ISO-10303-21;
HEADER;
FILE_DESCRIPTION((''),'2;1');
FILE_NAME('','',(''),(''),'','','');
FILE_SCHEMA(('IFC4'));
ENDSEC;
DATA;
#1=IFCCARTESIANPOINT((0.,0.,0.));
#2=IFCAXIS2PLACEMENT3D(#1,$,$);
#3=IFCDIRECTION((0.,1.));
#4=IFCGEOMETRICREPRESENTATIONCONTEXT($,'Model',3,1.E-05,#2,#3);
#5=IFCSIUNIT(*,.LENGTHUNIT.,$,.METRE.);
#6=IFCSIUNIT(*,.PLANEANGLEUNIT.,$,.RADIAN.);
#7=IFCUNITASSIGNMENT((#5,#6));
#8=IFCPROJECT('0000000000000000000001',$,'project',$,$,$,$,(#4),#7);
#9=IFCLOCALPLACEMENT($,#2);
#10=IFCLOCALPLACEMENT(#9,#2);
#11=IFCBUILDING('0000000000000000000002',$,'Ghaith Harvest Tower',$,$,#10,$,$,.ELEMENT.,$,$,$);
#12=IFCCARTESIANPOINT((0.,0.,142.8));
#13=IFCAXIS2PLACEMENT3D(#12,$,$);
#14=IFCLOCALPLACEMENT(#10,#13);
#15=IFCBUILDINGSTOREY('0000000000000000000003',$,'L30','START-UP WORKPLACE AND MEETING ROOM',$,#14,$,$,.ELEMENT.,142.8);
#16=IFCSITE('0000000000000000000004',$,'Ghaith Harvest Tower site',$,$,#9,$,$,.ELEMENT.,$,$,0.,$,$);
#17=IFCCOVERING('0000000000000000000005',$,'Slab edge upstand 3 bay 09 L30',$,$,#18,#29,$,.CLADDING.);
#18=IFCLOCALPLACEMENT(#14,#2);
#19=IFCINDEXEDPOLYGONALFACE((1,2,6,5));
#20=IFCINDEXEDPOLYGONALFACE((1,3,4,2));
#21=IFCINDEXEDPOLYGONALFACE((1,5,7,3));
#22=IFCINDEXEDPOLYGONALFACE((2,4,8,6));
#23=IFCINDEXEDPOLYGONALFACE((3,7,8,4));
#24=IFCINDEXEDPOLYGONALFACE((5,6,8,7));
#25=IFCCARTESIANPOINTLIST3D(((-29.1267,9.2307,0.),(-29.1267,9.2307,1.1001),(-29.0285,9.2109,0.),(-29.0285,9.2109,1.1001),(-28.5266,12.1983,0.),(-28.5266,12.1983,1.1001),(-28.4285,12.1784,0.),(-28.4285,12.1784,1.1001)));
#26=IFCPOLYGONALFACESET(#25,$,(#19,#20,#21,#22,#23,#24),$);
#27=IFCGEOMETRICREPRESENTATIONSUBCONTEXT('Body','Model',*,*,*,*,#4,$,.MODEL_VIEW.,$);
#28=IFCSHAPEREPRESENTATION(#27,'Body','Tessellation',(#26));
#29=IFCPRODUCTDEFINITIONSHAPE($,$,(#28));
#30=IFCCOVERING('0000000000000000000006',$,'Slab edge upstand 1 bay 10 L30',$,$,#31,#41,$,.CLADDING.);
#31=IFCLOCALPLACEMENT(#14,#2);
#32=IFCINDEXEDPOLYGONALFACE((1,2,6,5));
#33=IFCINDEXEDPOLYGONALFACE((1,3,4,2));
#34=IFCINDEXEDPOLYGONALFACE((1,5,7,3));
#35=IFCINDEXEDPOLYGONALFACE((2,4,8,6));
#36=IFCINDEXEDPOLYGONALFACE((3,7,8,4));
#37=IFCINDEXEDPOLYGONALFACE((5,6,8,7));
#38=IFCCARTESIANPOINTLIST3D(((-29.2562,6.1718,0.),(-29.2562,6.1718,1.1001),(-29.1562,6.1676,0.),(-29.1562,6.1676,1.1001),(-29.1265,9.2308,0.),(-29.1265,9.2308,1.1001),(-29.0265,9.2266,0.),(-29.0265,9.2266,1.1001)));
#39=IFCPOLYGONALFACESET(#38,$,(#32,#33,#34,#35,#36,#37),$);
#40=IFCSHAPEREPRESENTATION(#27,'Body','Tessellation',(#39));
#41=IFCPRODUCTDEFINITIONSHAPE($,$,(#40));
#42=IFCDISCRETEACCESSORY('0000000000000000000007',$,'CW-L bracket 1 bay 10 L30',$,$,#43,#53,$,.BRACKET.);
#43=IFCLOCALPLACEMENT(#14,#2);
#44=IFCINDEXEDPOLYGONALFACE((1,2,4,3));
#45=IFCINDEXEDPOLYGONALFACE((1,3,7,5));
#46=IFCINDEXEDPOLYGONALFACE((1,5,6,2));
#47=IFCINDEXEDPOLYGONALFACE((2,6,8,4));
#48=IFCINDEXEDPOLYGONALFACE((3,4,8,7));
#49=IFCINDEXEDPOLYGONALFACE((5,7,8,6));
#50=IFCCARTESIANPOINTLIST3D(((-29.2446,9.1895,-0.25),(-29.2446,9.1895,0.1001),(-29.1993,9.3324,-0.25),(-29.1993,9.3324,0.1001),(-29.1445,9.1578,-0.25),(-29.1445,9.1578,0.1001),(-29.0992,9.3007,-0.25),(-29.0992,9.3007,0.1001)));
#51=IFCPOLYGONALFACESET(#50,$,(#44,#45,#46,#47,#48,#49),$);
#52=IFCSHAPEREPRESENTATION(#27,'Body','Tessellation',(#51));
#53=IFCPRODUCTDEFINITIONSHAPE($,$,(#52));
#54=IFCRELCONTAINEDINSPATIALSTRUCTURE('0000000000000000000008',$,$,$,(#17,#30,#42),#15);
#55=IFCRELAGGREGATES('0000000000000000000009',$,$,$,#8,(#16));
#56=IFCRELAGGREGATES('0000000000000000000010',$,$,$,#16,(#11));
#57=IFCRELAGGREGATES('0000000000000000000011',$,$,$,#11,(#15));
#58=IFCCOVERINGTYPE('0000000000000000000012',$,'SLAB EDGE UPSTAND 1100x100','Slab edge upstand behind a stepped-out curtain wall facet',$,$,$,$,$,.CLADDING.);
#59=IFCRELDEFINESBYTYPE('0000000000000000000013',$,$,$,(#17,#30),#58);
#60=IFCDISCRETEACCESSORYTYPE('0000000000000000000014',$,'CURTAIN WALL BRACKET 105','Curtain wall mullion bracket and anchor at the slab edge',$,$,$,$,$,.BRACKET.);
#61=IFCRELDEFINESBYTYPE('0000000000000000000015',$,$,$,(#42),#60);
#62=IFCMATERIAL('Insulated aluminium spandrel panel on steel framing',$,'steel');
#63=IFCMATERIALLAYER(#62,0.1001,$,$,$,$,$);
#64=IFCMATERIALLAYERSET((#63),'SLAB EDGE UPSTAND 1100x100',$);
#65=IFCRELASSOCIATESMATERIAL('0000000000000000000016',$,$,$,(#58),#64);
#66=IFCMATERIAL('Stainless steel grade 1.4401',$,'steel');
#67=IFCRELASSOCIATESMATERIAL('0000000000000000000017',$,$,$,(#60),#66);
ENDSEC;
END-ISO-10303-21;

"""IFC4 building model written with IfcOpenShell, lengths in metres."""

from ifc_helpers import new_model, si_unit, direction, frame, origin, origin_2d, place, context, subcontext, project, spatial, rectangle, extrude, material, layer, layer_set, type_object, element, save


model = new_model("IFC4")

# Units and contexts
model_context = context("Model", 3, precision=1e-05, world=origin(), true_north=direction((0.0, 1.0)))
body_context = subcontext(model_context, "Body", "Model", "MODEL_VIEW")
ifc_project = project(units=[si_unit("LENGTHUNIT", "METRE"), si_unit("PLANEANGLEUNIT", "RADIAN")], contexts=[model_context])

# Site, building, storey
site_placement = place(None, origin())
site = spatial("IfcSite", under=ifc_project, at=site_placement, Name="Ghaith Harvest Tower site", CompositionType="ELEMENT", RefElevation=0.0)
building_placement = place(site_placement, origin())
building = spatial("IfcBuilding", under=site, at=building_placement, Name="Ghaith Harvest Tower", CompositionType="ELEMENT")
storey_placement = place(building_placement, frame((0.0, 0.0, 142.8)))
storey = spatial("IfcBuildingStorey", under=building, at=storey_placement, Name="L30", Description="START-UP WORKPLACE AND MEETING ROOM", CompositionType="ELEMENT", Elevation=142.8)

# Coverings
ifc_material_1 = material(Name="Insulated aluminium spandrel panel on steel framing", Category="steel")
ifc_layer_1 = layer(ifc_material_1, 0.1001)
ifc_layer_set_1 = layer_set([ifc_layer_1], Name="SLAB EDGE UPSTAND 1100x100")
covering_type = type_object("IfcCoveringType", Name="SLAB EDGE UPSTAND 1100x100", Description="Slab edge upstand behind a stepped-out curtain wall facet", PredefinedType="CLADDING", material=ifc_layer_set_1)
covering_1_placement = place(storey_placement, frame((-28.7776, 10.7046, 0.0), z_axis=(0.0, 0.0, 1.0), x_axis=(-0.198183, -0.980165, 0.0)))
element("IfcCovering", 1, at=covering_1_placement, inside=storey, type_object=covering_type, Name="Slab edge upstand 3 bay 09 L30", PredefinedType="CLADDING", context=body_context, shape_type="SweptSolid", body=[
    extrude(rectangle(XDim=3.0276, YDim=0.1001, at=origin_2d()), origin(), (0.0, 0.0, 1.0), 1.1001),
])
covering_2_placement = place(storey_placement, frame((-29.1414, 7.6992, 0.0), z_axis=(0.0, 0.0, 1.0), x_axis=(-0.042373, -0.999102, 0.0)))
element("IfcCovering", 2, at=covering_2_placement, inside=storey, type_object=covering_type, Name="Slab edge upstand 1 bay 10 L30", PredefinedType="CLADDING", context=body_context, shape_type="SweptSolid", body=[
    extrude(rectangle(XDim=3.0618, YDim=0.1001, at=origin_2d()), origin(), (0.0, 0.0, 1.0), 1.1001),
])

# Discrete accessory
ifc_material_2 = material(Name="Stainless steel grade 1.4401", Category="steel")
discrete_accessory_type = type_object("IfcDiscreteAccessoryType", Name="CURTAIN WALL BRACKET 105", Description="Curtain wall mullion bracket and anchor at the slab edge", PredefinedType="BRACKET", material=ifc_material_2)
discrete_accessory_placement = place(storey_placement, frame((-29.1719, 9.2451, -0.25), z_axis=(0.0, 0.0, 1.0), x_axis=(-0.953273, 0.30211, 0.0)))
element("IfcDiscreteAccessory", 3, at=discrete_accessory_placement, inside=storey, type_object=discrete_accessory_type, Name="CW-L bracket 1 bay 10 L30", PredefinedType="BRACKET", context=body_context, shape_type="SweptSolid", body=[
    extrude(rectangle(XDim=0.105, YDim=0.1499, at=origin_2d()), origin(), (0.0, 0.0, 1.0), 0.3501),
])

save(model, "model.ifc")
